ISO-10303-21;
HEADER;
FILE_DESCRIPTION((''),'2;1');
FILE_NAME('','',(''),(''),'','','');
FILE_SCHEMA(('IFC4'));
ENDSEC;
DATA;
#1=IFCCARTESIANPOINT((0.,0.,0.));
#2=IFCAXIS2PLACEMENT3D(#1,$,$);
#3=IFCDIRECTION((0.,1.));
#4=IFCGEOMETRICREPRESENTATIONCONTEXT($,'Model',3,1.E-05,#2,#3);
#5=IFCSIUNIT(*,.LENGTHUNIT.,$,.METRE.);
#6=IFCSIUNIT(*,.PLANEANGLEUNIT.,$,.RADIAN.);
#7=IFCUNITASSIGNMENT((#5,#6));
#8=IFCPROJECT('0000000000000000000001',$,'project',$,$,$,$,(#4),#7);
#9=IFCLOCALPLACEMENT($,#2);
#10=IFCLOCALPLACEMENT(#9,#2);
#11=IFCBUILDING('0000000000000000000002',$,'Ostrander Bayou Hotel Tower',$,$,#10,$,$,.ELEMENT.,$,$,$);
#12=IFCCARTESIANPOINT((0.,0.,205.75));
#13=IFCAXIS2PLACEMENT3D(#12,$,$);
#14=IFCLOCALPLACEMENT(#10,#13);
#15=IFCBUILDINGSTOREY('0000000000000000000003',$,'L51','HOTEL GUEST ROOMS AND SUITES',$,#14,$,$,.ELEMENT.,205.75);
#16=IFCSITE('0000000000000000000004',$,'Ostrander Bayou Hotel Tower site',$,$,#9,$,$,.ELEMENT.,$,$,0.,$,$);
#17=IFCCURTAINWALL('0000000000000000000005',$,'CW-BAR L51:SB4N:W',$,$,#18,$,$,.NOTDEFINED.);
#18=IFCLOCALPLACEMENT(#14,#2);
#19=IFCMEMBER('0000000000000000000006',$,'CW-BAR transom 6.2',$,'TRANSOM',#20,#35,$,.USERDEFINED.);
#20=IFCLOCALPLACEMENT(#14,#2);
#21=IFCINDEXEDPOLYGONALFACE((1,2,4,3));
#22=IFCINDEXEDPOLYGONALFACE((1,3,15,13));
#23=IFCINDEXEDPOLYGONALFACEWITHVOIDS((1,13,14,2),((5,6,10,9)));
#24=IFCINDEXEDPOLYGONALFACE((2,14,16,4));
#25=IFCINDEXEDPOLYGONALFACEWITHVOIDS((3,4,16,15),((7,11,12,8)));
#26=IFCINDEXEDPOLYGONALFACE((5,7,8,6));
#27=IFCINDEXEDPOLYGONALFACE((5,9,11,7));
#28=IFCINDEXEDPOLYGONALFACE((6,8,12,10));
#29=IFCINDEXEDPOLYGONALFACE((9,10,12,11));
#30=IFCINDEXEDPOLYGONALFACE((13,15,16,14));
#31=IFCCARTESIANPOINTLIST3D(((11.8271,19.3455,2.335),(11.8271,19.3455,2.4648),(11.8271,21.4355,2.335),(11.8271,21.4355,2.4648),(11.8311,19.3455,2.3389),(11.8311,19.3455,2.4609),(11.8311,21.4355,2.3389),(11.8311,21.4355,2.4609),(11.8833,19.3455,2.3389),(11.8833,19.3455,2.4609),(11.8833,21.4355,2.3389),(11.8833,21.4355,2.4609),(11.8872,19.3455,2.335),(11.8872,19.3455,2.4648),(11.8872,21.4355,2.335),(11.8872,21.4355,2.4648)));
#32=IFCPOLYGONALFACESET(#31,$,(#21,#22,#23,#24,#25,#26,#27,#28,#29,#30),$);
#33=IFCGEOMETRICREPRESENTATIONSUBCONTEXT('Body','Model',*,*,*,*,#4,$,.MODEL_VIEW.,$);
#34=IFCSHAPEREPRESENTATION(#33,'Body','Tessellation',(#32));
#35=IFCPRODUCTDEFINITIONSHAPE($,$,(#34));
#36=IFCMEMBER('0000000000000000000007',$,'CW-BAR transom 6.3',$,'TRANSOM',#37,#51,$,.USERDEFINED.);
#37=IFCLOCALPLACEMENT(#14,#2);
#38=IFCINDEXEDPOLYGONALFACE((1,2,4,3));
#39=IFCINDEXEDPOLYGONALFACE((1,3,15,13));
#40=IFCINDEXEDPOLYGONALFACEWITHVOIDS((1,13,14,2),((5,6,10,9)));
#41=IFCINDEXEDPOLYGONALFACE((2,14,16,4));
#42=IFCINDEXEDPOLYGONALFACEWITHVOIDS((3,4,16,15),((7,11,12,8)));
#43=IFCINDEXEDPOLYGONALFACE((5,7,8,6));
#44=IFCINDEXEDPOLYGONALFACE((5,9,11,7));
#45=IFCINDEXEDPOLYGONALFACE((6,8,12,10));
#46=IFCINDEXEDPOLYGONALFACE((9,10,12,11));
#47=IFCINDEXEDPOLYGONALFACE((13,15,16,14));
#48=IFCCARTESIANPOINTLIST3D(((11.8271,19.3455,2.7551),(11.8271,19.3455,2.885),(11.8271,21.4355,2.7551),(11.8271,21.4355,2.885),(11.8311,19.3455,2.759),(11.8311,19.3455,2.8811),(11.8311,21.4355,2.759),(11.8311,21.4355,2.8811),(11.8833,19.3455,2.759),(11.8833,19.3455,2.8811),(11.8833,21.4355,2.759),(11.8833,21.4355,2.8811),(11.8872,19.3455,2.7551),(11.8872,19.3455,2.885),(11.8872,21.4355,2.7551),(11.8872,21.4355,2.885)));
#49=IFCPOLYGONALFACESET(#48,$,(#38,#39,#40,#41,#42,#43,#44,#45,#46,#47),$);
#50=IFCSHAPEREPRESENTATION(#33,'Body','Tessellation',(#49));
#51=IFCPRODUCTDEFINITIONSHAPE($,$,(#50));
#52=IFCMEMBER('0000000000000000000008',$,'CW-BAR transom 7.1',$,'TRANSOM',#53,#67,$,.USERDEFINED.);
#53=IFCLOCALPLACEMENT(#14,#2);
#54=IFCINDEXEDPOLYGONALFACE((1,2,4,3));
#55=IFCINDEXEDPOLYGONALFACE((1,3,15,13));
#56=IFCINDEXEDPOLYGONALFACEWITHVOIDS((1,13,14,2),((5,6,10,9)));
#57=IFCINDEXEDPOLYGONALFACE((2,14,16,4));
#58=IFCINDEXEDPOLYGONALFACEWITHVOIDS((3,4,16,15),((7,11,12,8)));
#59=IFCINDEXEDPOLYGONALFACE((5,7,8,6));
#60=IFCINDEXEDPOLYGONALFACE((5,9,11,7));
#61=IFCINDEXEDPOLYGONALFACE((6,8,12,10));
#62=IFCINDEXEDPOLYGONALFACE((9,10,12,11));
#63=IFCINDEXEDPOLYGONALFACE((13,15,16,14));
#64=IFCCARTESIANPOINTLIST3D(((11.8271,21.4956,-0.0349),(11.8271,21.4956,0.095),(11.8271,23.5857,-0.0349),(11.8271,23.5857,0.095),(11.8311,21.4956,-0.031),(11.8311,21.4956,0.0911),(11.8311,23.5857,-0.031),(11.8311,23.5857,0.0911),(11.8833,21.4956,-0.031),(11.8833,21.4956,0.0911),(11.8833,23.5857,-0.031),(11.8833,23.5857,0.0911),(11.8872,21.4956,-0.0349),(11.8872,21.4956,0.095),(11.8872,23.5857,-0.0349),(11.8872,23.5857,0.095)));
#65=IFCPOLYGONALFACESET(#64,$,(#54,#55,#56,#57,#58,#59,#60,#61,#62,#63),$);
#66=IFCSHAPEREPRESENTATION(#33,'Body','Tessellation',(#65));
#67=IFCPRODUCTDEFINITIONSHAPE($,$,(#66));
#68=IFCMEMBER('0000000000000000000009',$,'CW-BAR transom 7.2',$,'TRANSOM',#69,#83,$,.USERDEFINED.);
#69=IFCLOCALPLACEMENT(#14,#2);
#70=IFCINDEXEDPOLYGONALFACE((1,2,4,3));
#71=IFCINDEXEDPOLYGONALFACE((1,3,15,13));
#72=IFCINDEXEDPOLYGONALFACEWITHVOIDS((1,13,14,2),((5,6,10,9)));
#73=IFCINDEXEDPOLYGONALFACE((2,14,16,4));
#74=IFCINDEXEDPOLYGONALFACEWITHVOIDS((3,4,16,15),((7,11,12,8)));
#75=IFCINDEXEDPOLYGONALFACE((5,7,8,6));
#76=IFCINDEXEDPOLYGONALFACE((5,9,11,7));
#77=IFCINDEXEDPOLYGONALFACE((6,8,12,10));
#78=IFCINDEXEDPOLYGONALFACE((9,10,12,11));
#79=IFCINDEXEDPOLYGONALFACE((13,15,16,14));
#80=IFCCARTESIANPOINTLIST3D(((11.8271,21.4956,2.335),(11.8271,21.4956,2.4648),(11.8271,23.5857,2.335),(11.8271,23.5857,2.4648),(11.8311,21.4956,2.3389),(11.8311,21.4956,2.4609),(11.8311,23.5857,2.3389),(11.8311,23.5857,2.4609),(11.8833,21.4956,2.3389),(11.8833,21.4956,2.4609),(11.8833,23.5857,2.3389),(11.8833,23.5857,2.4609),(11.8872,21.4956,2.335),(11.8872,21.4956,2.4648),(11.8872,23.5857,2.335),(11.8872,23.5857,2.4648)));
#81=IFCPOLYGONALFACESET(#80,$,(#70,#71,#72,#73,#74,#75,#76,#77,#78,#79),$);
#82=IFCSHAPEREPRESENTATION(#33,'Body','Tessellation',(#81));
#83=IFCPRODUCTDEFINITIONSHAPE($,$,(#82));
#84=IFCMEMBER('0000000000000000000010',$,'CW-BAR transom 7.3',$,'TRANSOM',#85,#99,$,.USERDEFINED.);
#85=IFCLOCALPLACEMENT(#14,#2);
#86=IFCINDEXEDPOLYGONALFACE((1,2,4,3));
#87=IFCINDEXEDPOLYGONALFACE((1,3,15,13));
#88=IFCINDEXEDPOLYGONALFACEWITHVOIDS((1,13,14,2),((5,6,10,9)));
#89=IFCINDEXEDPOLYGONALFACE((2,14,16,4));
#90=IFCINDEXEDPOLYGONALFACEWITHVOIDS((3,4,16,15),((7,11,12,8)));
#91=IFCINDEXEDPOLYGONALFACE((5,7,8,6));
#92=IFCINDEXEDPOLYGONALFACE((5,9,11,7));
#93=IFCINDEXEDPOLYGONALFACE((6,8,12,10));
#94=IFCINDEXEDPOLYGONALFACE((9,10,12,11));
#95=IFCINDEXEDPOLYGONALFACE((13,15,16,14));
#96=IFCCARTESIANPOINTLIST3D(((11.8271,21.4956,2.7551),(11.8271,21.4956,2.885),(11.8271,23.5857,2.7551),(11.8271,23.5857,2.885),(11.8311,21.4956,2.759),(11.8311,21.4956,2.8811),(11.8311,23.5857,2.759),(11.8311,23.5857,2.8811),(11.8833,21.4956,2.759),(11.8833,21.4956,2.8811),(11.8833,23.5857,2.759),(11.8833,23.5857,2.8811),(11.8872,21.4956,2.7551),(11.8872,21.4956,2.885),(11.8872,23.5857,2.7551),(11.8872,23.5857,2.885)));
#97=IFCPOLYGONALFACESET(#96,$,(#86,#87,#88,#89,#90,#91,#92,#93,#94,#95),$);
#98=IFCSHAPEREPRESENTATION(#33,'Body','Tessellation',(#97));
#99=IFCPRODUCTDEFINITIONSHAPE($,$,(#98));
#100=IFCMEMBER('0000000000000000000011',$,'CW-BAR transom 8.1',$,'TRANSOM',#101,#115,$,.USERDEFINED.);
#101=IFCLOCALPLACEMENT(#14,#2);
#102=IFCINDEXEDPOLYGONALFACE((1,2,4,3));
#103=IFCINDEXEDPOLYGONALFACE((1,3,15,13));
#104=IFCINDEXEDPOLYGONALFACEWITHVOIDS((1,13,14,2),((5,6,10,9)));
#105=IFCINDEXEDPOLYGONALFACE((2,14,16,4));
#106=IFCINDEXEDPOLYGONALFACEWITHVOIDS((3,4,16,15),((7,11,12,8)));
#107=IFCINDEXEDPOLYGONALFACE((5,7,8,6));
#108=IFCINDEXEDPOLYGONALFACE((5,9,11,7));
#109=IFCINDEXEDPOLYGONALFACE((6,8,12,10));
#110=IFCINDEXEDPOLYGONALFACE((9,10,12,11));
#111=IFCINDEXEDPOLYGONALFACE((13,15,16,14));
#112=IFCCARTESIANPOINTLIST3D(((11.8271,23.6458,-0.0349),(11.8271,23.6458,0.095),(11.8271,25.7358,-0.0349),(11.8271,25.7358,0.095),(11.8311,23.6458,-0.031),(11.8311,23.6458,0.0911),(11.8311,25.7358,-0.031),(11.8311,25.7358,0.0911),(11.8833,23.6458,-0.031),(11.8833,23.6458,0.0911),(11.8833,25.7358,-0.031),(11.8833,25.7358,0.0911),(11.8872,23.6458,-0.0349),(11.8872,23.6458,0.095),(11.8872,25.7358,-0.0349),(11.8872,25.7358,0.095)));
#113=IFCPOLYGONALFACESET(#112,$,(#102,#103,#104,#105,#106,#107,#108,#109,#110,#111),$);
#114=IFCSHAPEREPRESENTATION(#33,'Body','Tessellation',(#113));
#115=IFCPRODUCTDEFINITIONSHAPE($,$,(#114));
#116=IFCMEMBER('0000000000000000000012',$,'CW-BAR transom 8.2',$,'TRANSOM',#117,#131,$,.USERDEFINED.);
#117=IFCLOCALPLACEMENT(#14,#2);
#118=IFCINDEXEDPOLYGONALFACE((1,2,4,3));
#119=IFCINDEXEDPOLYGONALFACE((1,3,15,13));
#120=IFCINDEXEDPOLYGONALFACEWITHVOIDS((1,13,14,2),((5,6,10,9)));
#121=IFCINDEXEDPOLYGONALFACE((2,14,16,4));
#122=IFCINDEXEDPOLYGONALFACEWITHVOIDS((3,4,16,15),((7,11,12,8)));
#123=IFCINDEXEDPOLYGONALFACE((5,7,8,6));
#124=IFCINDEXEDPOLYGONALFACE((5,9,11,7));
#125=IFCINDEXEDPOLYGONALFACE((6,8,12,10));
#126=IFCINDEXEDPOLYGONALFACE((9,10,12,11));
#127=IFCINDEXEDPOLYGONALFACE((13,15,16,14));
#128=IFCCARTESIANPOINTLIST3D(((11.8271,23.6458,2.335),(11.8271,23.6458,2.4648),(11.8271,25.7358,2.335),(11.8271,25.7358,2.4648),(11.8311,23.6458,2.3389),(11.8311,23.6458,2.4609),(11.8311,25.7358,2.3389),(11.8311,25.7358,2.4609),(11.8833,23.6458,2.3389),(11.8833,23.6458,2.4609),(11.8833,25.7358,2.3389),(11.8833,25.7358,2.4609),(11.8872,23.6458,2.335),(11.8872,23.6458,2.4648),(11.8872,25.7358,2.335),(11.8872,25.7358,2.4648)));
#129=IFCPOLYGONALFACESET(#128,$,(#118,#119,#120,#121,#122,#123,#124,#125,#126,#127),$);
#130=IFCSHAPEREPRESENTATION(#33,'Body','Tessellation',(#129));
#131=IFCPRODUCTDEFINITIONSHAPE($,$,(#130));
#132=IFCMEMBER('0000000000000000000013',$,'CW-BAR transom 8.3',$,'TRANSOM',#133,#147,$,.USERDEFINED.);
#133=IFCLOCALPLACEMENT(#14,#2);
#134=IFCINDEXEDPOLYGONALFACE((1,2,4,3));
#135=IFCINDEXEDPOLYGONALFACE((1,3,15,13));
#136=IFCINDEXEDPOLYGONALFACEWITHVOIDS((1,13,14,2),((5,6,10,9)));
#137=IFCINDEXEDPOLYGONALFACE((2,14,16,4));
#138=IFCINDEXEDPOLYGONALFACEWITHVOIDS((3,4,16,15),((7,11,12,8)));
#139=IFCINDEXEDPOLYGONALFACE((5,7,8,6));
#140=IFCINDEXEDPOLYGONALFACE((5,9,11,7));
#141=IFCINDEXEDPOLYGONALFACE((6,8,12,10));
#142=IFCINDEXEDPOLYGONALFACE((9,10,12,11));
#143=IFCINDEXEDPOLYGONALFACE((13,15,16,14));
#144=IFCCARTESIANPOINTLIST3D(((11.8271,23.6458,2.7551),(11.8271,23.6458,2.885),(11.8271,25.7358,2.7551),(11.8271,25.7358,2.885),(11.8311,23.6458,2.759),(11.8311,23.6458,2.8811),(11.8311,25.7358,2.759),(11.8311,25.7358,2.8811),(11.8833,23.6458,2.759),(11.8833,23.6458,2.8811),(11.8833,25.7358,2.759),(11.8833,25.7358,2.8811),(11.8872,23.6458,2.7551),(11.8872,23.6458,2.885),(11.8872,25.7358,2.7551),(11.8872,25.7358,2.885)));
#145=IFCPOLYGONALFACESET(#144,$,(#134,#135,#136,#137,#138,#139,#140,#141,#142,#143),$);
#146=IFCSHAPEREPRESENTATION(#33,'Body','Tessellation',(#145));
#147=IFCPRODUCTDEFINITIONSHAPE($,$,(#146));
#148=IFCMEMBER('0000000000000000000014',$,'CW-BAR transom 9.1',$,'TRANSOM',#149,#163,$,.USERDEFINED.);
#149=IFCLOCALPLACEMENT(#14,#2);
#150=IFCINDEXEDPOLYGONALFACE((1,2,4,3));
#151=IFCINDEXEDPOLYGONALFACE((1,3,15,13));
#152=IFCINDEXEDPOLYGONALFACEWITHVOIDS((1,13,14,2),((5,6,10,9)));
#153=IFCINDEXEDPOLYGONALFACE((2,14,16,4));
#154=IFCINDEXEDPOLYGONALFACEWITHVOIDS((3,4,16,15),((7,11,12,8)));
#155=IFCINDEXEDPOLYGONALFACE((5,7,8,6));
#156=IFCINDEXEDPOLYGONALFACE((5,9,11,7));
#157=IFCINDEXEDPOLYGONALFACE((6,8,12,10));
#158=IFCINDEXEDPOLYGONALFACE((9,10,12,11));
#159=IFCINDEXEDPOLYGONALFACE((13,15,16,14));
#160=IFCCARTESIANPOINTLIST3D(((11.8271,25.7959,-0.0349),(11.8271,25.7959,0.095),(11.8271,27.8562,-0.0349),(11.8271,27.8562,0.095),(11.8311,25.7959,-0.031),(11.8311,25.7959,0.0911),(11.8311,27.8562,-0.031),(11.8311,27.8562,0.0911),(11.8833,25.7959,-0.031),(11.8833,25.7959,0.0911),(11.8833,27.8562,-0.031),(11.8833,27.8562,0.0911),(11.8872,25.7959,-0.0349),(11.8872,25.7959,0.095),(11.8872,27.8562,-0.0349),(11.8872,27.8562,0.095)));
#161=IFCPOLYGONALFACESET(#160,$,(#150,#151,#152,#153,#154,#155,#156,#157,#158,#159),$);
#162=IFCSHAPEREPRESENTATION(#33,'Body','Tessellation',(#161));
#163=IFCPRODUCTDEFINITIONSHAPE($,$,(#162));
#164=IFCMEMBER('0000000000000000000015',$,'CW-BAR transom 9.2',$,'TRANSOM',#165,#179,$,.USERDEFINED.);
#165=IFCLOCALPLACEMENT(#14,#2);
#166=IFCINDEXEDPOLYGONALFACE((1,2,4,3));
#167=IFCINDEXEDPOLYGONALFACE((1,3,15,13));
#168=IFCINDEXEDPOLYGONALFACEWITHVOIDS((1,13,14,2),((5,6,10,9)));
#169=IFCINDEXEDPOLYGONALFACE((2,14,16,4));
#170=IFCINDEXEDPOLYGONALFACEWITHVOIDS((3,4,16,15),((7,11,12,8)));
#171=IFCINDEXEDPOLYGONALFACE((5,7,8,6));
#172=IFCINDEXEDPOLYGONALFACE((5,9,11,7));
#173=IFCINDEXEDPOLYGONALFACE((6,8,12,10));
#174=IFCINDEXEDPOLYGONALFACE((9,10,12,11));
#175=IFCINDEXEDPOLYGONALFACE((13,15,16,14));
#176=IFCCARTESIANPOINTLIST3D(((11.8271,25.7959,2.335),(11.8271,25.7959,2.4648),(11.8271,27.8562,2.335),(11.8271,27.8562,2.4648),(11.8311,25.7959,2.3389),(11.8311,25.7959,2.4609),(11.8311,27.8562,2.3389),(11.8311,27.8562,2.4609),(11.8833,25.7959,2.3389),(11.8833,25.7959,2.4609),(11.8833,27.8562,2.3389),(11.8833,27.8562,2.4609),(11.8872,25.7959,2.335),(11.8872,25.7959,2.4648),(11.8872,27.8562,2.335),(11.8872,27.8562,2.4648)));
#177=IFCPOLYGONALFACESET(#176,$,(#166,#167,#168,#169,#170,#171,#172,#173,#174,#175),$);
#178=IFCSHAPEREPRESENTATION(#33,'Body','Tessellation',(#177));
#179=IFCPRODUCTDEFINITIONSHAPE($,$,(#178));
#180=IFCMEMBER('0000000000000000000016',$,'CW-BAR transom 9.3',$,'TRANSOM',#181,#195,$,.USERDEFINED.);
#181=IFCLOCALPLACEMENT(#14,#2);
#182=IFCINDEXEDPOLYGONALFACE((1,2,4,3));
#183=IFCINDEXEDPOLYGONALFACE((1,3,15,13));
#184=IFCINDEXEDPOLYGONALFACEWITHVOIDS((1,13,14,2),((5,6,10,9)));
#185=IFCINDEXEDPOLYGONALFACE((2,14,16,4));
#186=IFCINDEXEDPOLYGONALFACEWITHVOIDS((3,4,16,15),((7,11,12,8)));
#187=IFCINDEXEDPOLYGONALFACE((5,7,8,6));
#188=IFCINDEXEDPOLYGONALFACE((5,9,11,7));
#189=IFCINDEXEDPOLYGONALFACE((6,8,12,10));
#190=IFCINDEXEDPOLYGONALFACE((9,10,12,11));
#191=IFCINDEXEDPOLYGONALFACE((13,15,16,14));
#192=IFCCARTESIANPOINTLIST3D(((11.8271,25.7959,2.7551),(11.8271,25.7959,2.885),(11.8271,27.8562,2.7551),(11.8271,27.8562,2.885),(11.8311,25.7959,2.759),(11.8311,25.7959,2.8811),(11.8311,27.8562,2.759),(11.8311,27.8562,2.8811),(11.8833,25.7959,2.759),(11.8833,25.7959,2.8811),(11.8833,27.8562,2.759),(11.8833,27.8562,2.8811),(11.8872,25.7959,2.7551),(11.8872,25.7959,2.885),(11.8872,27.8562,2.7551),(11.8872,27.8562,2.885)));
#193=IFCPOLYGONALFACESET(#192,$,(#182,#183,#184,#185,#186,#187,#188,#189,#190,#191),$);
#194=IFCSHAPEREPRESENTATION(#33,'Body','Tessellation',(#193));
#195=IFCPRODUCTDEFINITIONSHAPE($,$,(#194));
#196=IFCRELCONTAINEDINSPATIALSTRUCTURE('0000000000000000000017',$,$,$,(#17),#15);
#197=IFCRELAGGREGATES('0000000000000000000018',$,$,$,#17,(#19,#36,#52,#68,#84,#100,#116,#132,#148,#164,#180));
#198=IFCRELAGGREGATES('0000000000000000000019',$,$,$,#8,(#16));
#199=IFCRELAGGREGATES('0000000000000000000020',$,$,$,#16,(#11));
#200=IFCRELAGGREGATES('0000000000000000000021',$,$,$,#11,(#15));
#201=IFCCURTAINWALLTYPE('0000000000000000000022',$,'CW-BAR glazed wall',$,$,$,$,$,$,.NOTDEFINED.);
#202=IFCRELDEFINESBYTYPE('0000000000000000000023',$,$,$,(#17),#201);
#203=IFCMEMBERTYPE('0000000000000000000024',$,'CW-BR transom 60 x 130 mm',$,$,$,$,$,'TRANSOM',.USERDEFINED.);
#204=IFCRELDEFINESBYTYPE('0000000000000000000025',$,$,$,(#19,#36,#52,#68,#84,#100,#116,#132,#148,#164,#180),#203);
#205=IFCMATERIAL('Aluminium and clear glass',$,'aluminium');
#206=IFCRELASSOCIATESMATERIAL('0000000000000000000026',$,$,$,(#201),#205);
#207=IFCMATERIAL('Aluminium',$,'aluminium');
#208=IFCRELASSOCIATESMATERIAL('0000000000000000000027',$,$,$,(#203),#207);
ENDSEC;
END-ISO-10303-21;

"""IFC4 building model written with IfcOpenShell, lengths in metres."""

from ifc_helpers import new_model, si_unit, direction, frame, origin, origin_2d, place, context, subcontext, project, spatial, hollow_rectangle, extrude, material, material_profile, profile_set, type_object, element, aggregate, save


model = new_model("IFC4")

# Units and contexts
model_context = context("Model", 3, precision=1e-05, world=origin(), true_north=direction((0.0, 1.0)))
body_context = subcontext(model_context, "Body", "Model", "MODEL_VIEW")
ifc_project = project(units=[si_unit("LENGTHUNIT", "METRE"), si_unit("PLANEANGLEUNIT", "RADIAN")], contexts=[model_context])

# Site, building, storey
site_placement = place(None, origin())
site = spatial("IfcSite", under=ifc_project, at=site_placement, Name="Ostrander Bayou Hotel Tower site", CompositionType="ELEMENT", RefElevation=0.0)
building_placement = place(site_placement, origin())
building = spatial("IfcBuilding", under=site, at=building_placement, Name="Ostrander Bayou Hotel Tower", CompositionType="ELEMENT")
storey_placement = place(building_placement, frame((0.0, 0.0, 205.75)))
storey = spatial("IfcBuildingStorey", under=building, at=storey_placement, Name="L51", Description="HOTEL GUEST ROOMS AND SUITES", CompositionType="ELEMENT", Elevation=205.75)

# Shared definitions
ifc_material_1 = material(Name="Aluminium and clear glass", Category="aluminium")
curtain_wall_type = type_object("IfcCurtainWallType", Name="CW-BAR glazed wall", PredefinedType="NOTDEFINED", material=ifc_material_1)

# Curtain wall, members
curtain_wall_1_placement = place(storey_placement, origin())
curtain_wall_1 = element("IfcCurtainWall", 1, at=curtain_wall_1_placement, inside=storey, type_object=curtain_wall_type, Name="CW-BAR L51:SB4N:W", PredefinedType="NOTDEFINED")
ifc_material_2 = material(Name="Aluminium", Category="aluminium")
ifc_material_profile_1 = material_profile(ifc_material_2, hollow_rectangle(XDim=0.0601, YDim=0.1299, WallThickness=0.0039, at=origin_2d()))
ifc_profile_set_1 = profile_set([ifc_material_profile_1], Name="Aluminium")
member_type_1 = type_object("IfcMemberType", Name="CW-BR transom 60 x 130 mm", ElementType="TRANSOM", PredefinedType="USERDEFINED", material=ifc_profile_set_1)
member_1_placement = place(storey_placement, frame((11.8572, 19.3455, 2.3999), z_axis=(0.0, 1.0, 0.0), x_axis=(-1.0, 0.0, 0.0)))
member_1 = element("IfcMember", 2, at=member_1_placement, type_object=member_type_1, Name="CW-BAR transom 6.2", ObjectType="TRANSOM", PredefinedType="USERDEFINED", context=body_context, shape_type="SweptSolid", body=[
    extrude(hollow_rectangle(XDim=0.0601, YDim=0.1299, WallThickness=0.0039, at=origin_2d()), origin(), (0.0, 0.0, 1.0), 2.0901),
])
member_2_placement = place(storey_placement, frame((11.8572, 19.3455, 2.8201), z_axis=(0.0, 1.0, 0.0), x_axis=(-1.0, 0.0, 0.0)))
member_2 = element("IfcMember", 3, at=member_2_placement, type_object=member_type_1, Name="CW-BAR transom 6.3", ObjectType="TRANSOM", PredefinedType="USERDEFINED", context=body_context, shape_type="SweptSolid", body=[
    extrude(hollow_rectangle(XDim=0.0601, YDim=0.1299, WallThickness=0.0039, at=origin_2d()), origin(), (0.0, 0.0, 1.0), 2.0901),
])
member_3_placement = place(storey_placement, frame((11.8572, 21.4956, 0.03), z_axis=(0.0, 1.0, 0.0), x_axis=(-1.0, 0.0, 0.0)))
member_3 = element("IfcMember", 4, at=member_3_placement, type_object=member_type_1, Name="CW-BAR transom 7.1", ObjectType="TRANSOM", PredefinedType="USERDEFINED", context=body_context, shape_type="SweptSolid", body=[
    extrude(hollow_rectangle(XDim=0.0601, YDim=0.1299, WallThickness=0.0039, at=origin_2d()), origin(), (0.0, 0.0, 1.0), 2.0901),
])
member_4_placement = place(storey_placement, frame((11.8572, 21.4956, 2.3999), z_axis=(0.0, 1.0, 0.0), x_axis=(-1.0, 0.0, 0.0)))
member_4 = element("IfcMember", 5, at=member_4_placement, type_object=member_type_1, Name="CW-BAR transom 7.2", ObjectType="TRANSOM", PredefinedType="USERDEFINED", context=body_context, shape_type="SweptSolid", body=[
    extrude(hollow_rectangle(XDim=0.0601, YDim=0.1299, WallThickness=0.0039, at=origin_2d()), origin(), (0.0, 0.0, 1.0), 2.0901),
])
member_5_placement = place(storey_placement, frame((11.8572, 21.4956, 2.8201), z_axis=(0.0, 1.0, 0.0), x_axis=(-1.0, 0.0, 0.0)))
member_5 = element("IfcMember", 6, at=member_5_placement, type_object=member_type_1, Name="CW-BAR transom 7.3", ObjectType="TRANSOM", PredefinedType="USERDEFINED", context=body_context, shape_type="SweptSolid", body=[
    extrude(hollow_rectangle(XDim=0.0601, YDim=0.1299, WallThickness=0.0039, at=origin_2d()), origin(), (0.0, 0.0, 1.0), 2.0901),
])
member_6_placement = place(storey_placement, frame((11.8572, 23.6458, 0.03), z_axis=(0.0, 1.0, 0.0), x_axis=(-1.0, 0.0, 0.0)))
member_6 = element("IfcMember", 7, at=member_6_placement, type_object=member_type_1, Name="CW-BAR transom 8.1", ObjectType="TRANSOM", PredefinedType="USERDEFINED", context=body_context, shape_type="SweptSolid", body=[
    extrude(hollow_rectangle(XDim=0.0601, YDim=0.1299, WallThickness=0.0039, at=origin_2d()), origin(), (0.0, 0.0, 1.0), 2.0901),
])
member_7_placement = place(storey_placement, frame((11.8572, 23.6458, 2.3999), z_axis=(0.0, 1.0, 0.0), x_axis=(-1.0, 0.0, 0.0)))
member_7 = element("IfcMember", 8, at=member_7_placement, type_object=member_type_1, Name="CW-BAR transom 8.2", ObjectType="TRANSOM", PredefinedType="USERDEFINED", context=body_context, shape_type="SweptSolid", body=[
    extrude(hollow_rectangle(XDim=0.0601, YDim=0.1299, WallThickness=0.0039, at=origin_2d()), origin(), (0.0, 0.0, 1.0), 2.0901),
])
member_8_placement = place(storey_placement, frame((11.8572, 23.6458, 2.8201), z_axis=(0.0, 1.0, 0.0), x_axis=(-1.0, 0.0, 0.0)))
member_8 = element("IfcMember", 9, at=member_8_placement, type_object=member_type_1, Name="CW-BAR transom 8.3", ObjectType="TRANSOM", PredefinedType="USERDEFINED", context=body_context, shape_type="SweptSolid", body=[
    extrude(hollow_rectangle(XDim=0.0601, YDim=0.1299, WallThickness=0.0039, at=origin_2d()), origin(), (0.0, 0.0, 1.0), 2.0901),
])
member_9_placement = place(storey_placement, frame((11.8572, 25.7959, 0.03), z_axis=(0.0, 1.0, 0.0), x_axis=(-1.0, 0.0, 0.0)))
member_9 = element("IfcMember", 10, at=member_9_placement, type_object=member_type_1, Name="CW-BAR transom 9.1", ObjectType="TRANSOM", PredefinedType="USERDEFINED", context=body_context, shape_type="SweptSolid", body=[
    extrude(hollow_rectangle(XDim=0.0601, YDim=0.1299, WallThickness=0.0039, at=origin_2d()), origin(), (0.0, 0.0, 1.0), 2.0603),
])
member_10_placement = place(storey_placement, frame((11.8572, 25.7959, 2.3999), z_axis=(0.0, 1.0, 0.0), x_axis=(-1.0, 0.0, 0.0)))
member_10 = element("IfcMember", 11, at=member_10_placement, type_object=member_type_1, Name="CW-BAR transom 9.2", ObjectType="TRANSOM", PredefinedType="USERDEFINED", context=body_context, shape_type="SweptSolid", body=[
    extrude(hollow_rectangle(XDim=0.0601, YDim=0.1299, WallThickness=0.0039, at=origin_2d()), origin(), (0.0, 0.0, 1.0), 2.0603),
])
member_11_placement = place(storey_placement, frame((11.8572, 25.7959, 2.8201), z_axis=(0.0, 1.0, 0.0), x_axis=(-1.0, 0.0, 0.0)))
member_11 = element("IfcMember", 12, at=member_11_placement, type_object=member_type_1, Name="CW-BAR transom 9.3", ObjectType="TRANSOM", PredefinedType="USERDEFINED", context=body_context, shape_type="SweptSolid", body=[
    extrude(hollow_rectangle(XDim=0.0601, YDim=0.1299, WallThickness=0.0039, at=origin_2d()), origin(), (0.0, 0.0, 1.0), 2.0603),
])

aggregate(curtain_wall_1, [member_1, member_2, member_3, member_4, member_5, member_6, member_7, member_8, member_9, member_10, member_11])

save(model, "model.ifc")
